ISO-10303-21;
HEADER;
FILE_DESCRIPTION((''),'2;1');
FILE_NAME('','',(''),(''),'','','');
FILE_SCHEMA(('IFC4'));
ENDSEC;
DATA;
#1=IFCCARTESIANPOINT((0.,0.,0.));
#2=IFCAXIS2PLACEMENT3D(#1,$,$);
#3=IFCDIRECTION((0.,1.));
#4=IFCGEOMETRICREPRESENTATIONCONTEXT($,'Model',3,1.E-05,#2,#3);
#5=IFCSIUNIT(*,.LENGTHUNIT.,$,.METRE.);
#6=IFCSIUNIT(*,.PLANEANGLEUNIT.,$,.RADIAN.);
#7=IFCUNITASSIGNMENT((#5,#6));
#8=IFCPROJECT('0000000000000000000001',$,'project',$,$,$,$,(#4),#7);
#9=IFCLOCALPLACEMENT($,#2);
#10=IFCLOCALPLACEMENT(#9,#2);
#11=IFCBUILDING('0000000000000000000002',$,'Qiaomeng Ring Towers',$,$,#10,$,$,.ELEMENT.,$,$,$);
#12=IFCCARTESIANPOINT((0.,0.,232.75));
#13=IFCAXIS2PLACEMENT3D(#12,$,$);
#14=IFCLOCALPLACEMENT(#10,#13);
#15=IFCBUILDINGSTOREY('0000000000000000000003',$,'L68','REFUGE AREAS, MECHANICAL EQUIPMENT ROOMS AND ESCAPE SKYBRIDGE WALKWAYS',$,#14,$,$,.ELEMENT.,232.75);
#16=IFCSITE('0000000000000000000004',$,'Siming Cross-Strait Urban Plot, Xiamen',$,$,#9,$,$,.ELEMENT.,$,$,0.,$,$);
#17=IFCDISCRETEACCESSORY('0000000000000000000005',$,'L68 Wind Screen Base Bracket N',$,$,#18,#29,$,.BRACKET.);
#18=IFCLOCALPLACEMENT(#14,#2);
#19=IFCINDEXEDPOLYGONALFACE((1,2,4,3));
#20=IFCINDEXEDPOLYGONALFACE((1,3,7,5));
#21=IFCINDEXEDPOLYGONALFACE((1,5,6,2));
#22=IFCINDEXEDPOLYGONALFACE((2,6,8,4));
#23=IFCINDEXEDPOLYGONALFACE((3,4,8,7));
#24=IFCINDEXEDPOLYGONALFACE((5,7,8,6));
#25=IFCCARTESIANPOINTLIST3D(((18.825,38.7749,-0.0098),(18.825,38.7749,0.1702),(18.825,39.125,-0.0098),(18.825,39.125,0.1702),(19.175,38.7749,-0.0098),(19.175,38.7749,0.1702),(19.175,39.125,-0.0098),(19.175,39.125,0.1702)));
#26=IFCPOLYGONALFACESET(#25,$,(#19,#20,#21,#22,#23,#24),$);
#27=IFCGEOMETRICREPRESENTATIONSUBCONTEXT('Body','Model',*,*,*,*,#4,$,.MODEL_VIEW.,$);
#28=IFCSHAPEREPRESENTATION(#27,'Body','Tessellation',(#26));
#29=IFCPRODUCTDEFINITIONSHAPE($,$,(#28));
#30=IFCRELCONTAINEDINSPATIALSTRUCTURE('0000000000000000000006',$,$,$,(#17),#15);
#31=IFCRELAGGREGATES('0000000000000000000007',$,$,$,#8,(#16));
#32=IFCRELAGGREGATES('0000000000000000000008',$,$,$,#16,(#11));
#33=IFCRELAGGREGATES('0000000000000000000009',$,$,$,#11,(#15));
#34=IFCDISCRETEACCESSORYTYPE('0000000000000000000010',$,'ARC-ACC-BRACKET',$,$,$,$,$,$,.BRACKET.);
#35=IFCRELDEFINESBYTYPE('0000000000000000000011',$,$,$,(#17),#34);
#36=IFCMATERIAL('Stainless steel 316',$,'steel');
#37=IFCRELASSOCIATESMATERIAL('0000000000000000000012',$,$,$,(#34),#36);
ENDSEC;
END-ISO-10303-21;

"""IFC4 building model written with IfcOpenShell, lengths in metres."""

from ifc_helpers import new_model, si_unit, direction, frame, origin, origin_2d, place, context, subcontext, project, spatial, rectangle, extrude, source, transform, mapped, material, type_object, element, save


model = new_model("IFC4")

# Units and contexts
model_context = context("Model", 3, precision=1e-05, world=origin(), true_north=direction((0.0, 1.0)))
body_context = subcontext(model_context, "Body", "Model", "MODEL_VIEW")
ifc_project = project(units=[si_unit("LENGTHUNIT", "METRE"), si_unit("PLANEANGLEUNIT", "RADIAN")], contexts=[model_context])

# Site, building, storey
site_placement = place(None, origin())
site = spatial("IfcSite", under=ifc_project, at=site_placement, Name="Siming Cross-Strait Urban Plot, Xiamen", CompositionType="ELEMENT", RefElevation=0.0)
building_placement = place(site_placement, origin())
building = spatial("IfcBuilding", under=site, at=building_placement, Name="Qiaomeng Ring Towers", CompositionType="ELEMENT")
storey_placement = place(building_placement, frame((0.0, 0.0, 232.75)))
storey = spatial("IfcBuildingStorey", under=building, at=storey_placement, Name="L68", Description="REFUGE AREAS, MECHANICAL EQUIPMENT ROOMS AND ESCAPE SKYBRIDGE WALKWAYS", CompositionType="ELEMENT", Elevation=232.75)

# Shared definitions
ifc_material_1 = material(Name="Stainless steel 316", Category="steel")

# Discrete accessory
discrete_accessory_type = type_object("IfcDiscreteAccessoryType", Name="ARC-ACC-BRACKET", PredefinedType="BRACKET", material=ifc_material_1)
shared_shape_1 = source(origin(), body_context, "Body", "SweptSolid", [
    extrude(rectangle(XDim=0.3501, YDim=0.3501, at=origin_2d()), origin(), (0.0, 0.0, 1.0), 0.1799),
])
discrete_accessory_placement = place(storey_placement, frame((19.0, 38.95, -0.0098), z_axis=(0.0, 0.0, 1.0), x_axis=(-1.0, 0.0, 0.0)))
element("IfcDiscreteAccessory", 1, at=discrete_accessory_placement, inside=storey, type_object=discrete_accessory_type, Name="L68 Wind Screen Base Bracket N", PredefinedType="BRACKET", context=body_context, shape_type="MappedRepresentation", body=[
    mapped(shared_shape_1, transform((0.0, 0.0, 0.0), x_axis=(1.0, 0.0, 0.0), y_axis=(0.0, 1.0, 0.0), z_axis=(0.0, 0.0, 1.0), scale=1.0)),
])

save(model, "model.ifc")
